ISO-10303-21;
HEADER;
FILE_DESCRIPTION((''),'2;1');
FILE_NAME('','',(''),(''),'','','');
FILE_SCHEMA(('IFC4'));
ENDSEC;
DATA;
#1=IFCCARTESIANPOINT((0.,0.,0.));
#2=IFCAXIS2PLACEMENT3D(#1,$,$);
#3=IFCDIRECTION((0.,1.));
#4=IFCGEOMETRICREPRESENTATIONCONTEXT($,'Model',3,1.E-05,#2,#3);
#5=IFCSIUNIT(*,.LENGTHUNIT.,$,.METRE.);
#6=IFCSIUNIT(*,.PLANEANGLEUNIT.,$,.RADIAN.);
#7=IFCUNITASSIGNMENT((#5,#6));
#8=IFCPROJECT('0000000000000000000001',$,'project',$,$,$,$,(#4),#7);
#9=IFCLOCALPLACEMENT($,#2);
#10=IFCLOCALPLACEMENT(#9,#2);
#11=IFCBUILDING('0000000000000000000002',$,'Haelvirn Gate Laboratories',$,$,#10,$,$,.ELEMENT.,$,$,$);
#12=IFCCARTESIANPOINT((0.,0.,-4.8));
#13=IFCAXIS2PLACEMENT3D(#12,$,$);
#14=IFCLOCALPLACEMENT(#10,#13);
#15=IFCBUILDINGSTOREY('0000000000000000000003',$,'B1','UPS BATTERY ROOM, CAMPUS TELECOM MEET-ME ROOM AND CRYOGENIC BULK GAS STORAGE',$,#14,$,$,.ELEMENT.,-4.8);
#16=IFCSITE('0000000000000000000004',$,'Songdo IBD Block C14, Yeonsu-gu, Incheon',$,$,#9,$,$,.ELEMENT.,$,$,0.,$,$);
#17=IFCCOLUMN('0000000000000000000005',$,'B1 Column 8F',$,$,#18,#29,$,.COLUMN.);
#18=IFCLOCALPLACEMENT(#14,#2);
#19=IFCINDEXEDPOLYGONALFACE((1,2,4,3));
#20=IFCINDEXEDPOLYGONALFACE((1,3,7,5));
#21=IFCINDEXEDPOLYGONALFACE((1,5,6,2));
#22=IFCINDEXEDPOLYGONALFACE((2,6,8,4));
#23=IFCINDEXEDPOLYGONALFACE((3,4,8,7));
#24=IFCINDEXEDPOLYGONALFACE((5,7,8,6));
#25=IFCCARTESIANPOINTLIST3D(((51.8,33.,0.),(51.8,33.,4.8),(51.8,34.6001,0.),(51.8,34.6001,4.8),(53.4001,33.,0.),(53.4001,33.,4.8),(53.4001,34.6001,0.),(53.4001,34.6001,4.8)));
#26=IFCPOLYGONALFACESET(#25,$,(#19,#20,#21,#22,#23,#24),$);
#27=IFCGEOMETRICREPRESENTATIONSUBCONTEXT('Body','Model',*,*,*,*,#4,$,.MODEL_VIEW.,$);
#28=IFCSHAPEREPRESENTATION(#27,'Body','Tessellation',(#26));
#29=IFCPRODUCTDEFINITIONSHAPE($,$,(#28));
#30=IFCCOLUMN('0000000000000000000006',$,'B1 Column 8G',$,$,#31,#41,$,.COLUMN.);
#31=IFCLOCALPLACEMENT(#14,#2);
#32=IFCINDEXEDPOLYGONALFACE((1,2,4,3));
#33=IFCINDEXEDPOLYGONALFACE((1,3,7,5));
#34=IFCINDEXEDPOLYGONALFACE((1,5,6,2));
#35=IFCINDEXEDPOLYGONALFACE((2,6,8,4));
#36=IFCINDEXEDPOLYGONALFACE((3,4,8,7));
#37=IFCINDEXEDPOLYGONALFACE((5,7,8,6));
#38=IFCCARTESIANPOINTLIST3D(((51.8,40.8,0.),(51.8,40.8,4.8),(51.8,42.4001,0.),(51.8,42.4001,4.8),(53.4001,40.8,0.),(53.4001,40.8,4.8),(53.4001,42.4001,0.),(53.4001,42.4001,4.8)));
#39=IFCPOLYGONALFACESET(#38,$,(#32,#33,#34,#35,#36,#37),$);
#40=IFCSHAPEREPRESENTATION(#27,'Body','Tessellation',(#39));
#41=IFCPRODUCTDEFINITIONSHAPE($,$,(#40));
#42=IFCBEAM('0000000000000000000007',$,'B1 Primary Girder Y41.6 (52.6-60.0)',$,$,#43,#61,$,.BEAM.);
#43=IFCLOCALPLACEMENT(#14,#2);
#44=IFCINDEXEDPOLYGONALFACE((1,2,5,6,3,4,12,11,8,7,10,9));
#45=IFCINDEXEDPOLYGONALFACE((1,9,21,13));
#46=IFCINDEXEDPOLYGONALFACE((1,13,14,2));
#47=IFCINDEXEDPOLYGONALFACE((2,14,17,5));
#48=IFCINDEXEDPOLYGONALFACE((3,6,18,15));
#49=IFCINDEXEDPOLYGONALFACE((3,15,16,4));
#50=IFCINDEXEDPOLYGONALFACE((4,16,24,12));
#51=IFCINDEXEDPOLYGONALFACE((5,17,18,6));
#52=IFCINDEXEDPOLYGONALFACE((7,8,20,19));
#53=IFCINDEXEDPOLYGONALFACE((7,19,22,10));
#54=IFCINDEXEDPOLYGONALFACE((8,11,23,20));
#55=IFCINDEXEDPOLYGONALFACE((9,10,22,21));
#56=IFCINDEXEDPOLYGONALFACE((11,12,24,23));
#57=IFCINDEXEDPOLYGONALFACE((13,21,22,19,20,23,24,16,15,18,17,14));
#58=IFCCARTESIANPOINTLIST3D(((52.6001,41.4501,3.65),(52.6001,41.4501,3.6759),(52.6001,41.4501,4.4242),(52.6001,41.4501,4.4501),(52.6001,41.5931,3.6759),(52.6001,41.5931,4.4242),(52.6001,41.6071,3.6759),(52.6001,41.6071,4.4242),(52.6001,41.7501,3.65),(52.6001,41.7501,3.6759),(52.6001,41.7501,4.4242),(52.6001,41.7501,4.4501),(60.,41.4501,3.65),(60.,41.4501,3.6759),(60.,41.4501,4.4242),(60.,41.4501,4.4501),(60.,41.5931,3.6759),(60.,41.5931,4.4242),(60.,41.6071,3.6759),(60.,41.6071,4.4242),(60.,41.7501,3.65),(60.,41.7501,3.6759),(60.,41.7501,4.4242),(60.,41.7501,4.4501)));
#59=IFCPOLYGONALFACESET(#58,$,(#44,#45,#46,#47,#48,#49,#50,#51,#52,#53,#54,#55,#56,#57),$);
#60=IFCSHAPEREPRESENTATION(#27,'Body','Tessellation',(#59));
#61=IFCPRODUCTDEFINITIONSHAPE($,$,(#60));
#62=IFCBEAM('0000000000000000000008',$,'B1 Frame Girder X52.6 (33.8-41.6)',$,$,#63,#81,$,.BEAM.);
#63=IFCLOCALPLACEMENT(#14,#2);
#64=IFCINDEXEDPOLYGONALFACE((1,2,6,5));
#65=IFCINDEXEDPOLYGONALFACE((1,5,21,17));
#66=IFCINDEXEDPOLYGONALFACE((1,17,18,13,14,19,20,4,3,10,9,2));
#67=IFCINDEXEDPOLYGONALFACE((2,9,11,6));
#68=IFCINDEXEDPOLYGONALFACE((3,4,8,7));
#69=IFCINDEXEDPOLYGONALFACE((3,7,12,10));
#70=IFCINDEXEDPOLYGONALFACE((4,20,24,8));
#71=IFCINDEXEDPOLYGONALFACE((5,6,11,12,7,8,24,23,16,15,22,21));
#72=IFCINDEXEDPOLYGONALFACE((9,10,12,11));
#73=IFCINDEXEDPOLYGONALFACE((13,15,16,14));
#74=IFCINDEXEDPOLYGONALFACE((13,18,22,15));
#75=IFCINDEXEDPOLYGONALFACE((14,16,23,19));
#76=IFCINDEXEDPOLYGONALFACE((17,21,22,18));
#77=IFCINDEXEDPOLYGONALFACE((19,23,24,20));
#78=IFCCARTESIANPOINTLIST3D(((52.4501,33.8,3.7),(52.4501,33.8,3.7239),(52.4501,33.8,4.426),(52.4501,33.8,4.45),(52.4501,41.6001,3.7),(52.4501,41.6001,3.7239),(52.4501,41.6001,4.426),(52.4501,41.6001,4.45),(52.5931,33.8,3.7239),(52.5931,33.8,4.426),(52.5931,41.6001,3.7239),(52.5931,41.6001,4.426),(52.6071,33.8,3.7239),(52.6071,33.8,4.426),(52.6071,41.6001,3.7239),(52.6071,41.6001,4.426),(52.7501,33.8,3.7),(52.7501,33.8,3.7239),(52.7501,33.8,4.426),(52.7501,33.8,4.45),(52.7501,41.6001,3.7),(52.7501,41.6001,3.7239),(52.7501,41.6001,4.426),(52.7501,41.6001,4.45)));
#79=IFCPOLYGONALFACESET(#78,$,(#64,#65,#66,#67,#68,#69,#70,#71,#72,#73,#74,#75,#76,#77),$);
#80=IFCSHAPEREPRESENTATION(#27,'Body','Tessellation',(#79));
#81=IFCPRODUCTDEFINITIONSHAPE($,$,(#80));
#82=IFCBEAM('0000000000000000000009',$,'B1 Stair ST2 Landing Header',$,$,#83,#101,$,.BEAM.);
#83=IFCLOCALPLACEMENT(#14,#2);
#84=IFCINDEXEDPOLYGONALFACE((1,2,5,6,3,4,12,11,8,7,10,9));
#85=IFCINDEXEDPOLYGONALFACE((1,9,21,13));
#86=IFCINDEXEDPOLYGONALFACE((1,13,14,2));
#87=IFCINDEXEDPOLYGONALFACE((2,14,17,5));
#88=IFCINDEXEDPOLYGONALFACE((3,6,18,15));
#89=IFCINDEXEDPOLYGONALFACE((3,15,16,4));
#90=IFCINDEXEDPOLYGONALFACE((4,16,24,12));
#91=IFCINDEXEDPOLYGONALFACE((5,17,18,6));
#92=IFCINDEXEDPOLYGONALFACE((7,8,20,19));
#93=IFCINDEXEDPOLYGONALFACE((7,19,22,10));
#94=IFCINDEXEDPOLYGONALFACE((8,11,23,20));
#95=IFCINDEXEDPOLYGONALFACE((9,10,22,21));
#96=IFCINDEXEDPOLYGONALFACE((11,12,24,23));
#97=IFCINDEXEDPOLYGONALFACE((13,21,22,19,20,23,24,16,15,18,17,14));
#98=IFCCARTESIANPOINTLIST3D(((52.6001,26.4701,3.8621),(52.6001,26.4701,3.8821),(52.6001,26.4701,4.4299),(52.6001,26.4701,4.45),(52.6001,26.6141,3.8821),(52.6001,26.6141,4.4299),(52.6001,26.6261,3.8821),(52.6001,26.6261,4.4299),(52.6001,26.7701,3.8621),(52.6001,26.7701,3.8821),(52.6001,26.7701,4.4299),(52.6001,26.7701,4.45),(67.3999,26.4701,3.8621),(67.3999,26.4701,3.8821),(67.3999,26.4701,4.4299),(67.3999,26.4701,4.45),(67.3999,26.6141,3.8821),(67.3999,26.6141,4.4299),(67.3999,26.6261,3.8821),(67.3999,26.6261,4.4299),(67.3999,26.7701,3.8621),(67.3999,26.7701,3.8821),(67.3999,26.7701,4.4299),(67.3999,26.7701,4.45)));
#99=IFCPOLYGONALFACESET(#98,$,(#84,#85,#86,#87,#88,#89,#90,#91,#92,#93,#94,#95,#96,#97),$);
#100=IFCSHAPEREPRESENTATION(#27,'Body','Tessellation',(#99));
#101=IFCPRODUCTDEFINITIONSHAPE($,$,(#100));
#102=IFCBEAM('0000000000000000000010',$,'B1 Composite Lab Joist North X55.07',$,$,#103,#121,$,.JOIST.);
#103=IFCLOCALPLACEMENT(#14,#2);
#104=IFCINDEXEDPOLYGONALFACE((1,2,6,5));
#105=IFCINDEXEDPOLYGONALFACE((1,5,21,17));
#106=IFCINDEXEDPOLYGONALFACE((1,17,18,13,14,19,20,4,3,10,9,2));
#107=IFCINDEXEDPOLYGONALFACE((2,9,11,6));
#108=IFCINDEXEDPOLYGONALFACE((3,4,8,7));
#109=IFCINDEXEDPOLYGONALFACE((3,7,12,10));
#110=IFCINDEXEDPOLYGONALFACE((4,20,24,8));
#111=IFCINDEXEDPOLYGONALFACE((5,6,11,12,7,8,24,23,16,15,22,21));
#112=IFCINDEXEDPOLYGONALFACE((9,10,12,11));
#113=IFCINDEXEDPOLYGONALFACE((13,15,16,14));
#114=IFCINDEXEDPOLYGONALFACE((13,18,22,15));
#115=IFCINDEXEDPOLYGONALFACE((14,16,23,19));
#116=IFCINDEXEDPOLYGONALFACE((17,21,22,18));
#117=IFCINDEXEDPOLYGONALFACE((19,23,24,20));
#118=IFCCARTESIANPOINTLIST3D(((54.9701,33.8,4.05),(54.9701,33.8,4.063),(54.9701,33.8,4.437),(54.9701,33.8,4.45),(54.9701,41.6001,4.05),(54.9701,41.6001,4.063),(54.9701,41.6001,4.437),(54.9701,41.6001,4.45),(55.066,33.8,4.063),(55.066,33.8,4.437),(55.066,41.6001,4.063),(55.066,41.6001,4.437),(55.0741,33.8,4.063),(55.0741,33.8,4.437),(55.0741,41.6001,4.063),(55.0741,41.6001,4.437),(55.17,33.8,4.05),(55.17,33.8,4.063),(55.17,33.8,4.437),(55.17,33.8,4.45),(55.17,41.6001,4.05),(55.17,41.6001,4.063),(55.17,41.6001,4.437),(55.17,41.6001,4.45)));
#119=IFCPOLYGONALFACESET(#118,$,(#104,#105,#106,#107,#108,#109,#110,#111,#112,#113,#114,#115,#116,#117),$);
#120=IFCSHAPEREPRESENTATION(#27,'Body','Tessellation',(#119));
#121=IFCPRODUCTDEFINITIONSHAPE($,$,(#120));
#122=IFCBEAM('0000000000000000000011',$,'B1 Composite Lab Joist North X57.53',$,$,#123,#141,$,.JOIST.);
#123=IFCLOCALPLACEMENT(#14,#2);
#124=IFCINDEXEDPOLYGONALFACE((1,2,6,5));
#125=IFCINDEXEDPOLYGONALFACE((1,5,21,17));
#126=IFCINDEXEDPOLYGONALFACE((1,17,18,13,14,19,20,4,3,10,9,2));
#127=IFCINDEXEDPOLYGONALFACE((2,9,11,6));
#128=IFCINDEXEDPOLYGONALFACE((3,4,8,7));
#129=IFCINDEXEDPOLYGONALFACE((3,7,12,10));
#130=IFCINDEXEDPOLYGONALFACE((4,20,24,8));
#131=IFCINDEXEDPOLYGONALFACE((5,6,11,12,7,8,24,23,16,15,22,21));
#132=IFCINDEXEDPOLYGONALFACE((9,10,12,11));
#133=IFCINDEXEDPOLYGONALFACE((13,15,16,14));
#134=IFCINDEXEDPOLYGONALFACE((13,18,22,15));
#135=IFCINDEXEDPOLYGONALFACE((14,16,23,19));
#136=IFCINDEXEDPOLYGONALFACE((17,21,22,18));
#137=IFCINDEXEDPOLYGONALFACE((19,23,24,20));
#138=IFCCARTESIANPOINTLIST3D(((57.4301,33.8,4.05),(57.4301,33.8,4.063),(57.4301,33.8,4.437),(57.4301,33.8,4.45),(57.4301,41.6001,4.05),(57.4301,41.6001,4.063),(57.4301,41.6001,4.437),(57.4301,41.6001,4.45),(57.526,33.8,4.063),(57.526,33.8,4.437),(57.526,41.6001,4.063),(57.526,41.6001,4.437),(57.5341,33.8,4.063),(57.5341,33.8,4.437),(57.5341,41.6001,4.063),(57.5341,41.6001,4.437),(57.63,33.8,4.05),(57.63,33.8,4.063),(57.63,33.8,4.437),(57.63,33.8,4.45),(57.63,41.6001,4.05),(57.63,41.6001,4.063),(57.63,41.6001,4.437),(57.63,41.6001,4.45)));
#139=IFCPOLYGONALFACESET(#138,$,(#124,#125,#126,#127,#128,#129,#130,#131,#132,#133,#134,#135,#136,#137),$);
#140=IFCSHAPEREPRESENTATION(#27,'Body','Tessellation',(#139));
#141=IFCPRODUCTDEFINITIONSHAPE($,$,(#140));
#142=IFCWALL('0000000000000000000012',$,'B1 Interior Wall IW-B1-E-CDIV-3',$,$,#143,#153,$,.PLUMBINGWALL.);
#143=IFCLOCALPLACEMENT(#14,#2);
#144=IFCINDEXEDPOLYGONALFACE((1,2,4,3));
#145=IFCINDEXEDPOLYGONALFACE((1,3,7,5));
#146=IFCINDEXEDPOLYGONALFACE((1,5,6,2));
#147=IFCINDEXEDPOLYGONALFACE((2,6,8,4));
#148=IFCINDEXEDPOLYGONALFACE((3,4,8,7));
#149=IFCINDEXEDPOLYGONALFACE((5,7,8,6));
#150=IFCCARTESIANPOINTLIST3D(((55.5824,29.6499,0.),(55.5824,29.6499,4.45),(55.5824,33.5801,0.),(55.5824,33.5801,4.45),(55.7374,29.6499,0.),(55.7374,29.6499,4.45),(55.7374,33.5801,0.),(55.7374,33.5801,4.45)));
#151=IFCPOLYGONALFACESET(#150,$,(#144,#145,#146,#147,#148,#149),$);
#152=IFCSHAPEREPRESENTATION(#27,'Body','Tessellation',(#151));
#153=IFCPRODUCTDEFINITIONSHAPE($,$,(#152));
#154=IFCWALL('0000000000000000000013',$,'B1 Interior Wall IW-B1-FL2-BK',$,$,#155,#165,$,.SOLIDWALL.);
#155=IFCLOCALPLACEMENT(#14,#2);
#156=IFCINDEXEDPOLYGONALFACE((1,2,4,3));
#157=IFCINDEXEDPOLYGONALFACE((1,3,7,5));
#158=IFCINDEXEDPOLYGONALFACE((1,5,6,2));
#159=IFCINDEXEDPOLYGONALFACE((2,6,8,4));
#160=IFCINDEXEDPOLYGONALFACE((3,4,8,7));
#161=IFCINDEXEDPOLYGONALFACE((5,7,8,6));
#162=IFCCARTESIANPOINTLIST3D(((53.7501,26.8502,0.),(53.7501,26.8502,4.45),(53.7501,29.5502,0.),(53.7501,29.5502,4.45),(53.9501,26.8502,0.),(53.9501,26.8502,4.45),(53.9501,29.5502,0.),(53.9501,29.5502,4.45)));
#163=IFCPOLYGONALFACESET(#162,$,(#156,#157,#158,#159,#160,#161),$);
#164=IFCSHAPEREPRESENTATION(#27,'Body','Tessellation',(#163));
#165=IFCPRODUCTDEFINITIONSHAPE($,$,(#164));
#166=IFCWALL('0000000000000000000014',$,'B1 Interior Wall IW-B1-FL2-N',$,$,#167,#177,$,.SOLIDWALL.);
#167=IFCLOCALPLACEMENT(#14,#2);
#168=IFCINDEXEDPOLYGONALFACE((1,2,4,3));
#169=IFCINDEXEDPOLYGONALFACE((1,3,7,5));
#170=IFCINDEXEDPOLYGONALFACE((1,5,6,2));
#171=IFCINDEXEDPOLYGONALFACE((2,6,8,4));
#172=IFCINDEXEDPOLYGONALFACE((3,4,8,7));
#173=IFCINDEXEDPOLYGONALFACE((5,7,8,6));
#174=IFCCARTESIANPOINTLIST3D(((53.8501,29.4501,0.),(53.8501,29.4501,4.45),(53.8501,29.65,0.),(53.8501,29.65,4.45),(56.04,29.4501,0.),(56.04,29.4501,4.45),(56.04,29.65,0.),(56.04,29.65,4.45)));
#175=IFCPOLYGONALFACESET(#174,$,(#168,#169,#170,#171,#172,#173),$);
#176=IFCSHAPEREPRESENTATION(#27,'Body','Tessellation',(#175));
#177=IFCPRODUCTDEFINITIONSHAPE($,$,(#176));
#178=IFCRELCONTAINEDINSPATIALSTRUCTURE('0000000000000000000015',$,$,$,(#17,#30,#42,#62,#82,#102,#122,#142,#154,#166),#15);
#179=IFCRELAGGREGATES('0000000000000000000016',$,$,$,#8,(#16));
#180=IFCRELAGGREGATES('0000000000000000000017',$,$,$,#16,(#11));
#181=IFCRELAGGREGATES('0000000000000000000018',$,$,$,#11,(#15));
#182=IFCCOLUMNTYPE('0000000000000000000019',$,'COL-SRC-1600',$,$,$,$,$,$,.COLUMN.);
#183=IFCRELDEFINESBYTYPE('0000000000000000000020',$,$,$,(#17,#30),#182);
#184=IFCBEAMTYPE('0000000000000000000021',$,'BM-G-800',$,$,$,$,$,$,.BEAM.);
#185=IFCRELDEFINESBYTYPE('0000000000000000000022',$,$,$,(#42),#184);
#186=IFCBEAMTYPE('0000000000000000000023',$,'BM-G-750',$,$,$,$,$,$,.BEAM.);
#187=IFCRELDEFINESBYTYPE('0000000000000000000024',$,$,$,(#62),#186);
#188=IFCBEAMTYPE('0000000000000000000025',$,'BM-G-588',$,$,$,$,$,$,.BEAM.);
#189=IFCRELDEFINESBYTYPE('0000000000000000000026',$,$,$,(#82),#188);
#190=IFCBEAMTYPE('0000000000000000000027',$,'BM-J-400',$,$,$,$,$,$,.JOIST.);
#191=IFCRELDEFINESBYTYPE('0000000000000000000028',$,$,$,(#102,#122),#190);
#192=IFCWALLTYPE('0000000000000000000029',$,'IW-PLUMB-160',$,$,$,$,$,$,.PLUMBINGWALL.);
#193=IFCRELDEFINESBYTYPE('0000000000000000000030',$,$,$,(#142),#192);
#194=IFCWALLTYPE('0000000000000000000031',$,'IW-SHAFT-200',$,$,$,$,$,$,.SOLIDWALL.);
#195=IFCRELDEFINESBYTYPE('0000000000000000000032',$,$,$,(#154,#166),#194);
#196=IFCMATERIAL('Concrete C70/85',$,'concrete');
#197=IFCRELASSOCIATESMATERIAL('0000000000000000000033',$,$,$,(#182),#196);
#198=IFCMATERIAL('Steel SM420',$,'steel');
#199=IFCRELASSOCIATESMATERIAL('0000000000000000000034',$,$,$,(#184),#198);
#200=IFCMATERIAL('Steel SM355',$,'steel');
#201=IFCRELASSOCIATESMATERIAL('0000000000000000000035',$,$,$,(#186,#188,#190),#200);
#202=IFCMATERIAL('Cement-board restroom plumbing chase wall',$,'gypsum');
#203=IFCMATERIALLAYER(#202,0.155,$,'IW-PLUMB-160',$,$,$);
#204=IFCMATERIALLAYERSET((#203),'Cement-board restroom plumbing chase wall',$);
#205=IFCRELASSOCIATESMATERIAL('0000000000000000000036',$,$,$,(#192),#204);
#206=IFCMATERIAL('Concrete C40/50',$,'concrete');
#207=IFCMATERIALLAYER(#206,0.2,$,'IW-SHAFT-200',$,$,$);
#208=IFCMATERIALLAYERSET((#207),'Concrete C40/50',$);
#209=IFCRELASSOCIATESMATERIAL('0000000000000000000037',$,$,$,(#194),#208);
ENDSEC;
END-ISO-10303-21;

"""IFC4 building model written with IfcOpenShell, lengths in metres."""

from ifc_helpers import new_model, si_unit, direction, frame, frame_2d, origin, origin_2d, place, context, subcontext, project, spatial, rectangle, i_section, extrude, source, transform, mapped, material, layer, layer_set, material_profile, profile_set, type_object, type_shapes, element, save


model = new_model("IFC4")

# Units and contexts
model_context = context("Model", 3, precision=1e-05, world=origin(), true_north=direction((0.0, 1.0)))
body_context = subcontext(model_context, "Body", "Model", "MODEL_VIEW")
ifc_project = project(units=[si_unit("LENGTHUNIT", "METRE"), si_unit("PLANEANGLEUNIT", "RADIAN")], contexts=[model_context])

# Site, building, storey
site_placement = place(None, origin())
site = spatial("IfcSite", under=ifc_project, at=site_placement, Name="Songdo IBD Block C14, Yeonsu-gu, Incheon", CompositionType="ELEMENT", RefElevation=0.0)
building_placement = place(site_placement, origin())
building = spatial("IfcBuilding", under=site, at=building_placement, Name="Haelvirn Gate Laboratories", CompositionType="ELEMENT")
storey_placement = place(building_placement, frame((0.0, 0.0, -4.8)))
storey = spatial("IfcBuildingStorey", under=building, at=storey_placement, Name="B1", Description="UPS BATTERY ROOM, CAMPUS TELECOM MEET-ME ROOM AND CRYOGENIC BULK GAS STORAGE", CompositionType="ELEMENT", Elevation=-4.8)

# Columns
ifc_material_1 = material(Name="Concrete C70/85", Category="concrete")
ifc_material_profile_1 = material_profile(ifc_material_1, rectangle(XDim=1.6001, YDim=1.6001, at=origin_2d()), Name="SRC-1600x1600")
ifc_profile_set_1 = profile_set([ifc_material_profile_1], Name="Concrete C70/85")
column_type = type_object("IfcColumnType", Name="COL-SRC-1600", PredefinedType="COLUMN", material=ifc_profile_set_1)
shared_shape_1 = source(origin(), body_context, "Body", "SweptSolid", [
    extrude(rectangle(XDim=1.6001, YDim=1.6001, at=origin_2d()), origin(), (0.0, 0.0, 1.0), 4.8),
])
type_shapes(column_type, [shared_shape_1])
for number, where, z_axis, x_axis, name in (
    (1, (52.6001, 33.8, 0.0), (0.0, 0.0, 1.0), (1.0, 0.0, 0.0), "B1 Column 8F"),
    (2, (52.6001, 41.6001, 0.0), (0.0, 0.0, 1.0), (1.0, 0.0, 0.0), "B1 Column 8G"),
):
    element("IfcColumn", number, at=place(storey_placement, frame(where, z_axis=z_axis, x_axis=x_axis)), inside=storey, type_object=column_type, Name=name, PredefinedType="COLUMN", context=body_context, shape_type="MappedRepresentation", body=[
        mapped(shared_shape_1, transform((0.0, 0.0, 0.0), scale=1.0)),
    ])

# Beams
ifc_material_2 = material(Name="Steel SM420", Category="steel")
ifc_material_profile_2 = material_profile(ifc_material_2, i_section(OverallWidth=0.3, OverallDepth=0.8, WebThickness=0.0139, FlangeThickness=0.0259, at=origin_2d()), Name="H-800x300x14x26")
ifc_profile_set_2 = profile_set([ifc_material_profile_2], Name="Steel SM420")
beam_type_1 = type_object("IfcBeamType", Name="BM-G-800", PredefinedType="BEAM", material=ifc_profile_set_2)
shared_shape_2 = source(origin(), body_context, "Body", "SweptSolid", [
    extrude(i_section(OverallWidth=0.3, OverallDepth=0.8, WebThickness=0.0139, FlangeThickness=0.0259, at=origin_2d()), origin(), (0.0, 0.0, 1.0), 7.3999),
])
type_shapes(beam_type_1, [shared_shape_2])
beam_1_placement = place(storey_placement, frame((52.6001, 41.6001, 4.05), z_axis=(1.0, 0.0, 0.0), x_axis=(0.0, 1.0, 0.0)))
element("IfcBeam", 3, at=beam_1_placement, inside=storey, type_object=beam_type_1, Name="B1 Primary Girder Y41.6 (52.6-60.0)", PredefinedType="BEAM", context=body_context, shape_type="MappedRepresentation", body=[
    mapped(shared_shape_2, transform((0.0, 0.0, 0.0), scale=1.0)),
])
ifc_material_3 = material(Name="Steel SM355", Category="steel")
ifc_material_profile_3 = material_profile(ifc_material_3, i_section(OverallWidth=0.3, OverallDepth=0.75, WebThickness=0.0139, FlangeThickness=0.0239, at=origin_2d()), Name="H-750x300x14x24")
ifc_profile_set_3 = profile_set([ifc_material_profile_3], Name="Steel SM355")
beam_type_2 = type_object("IfcBeamType", Name="BM-G-750", PredefinedType="BEAM", material=ifc_profile_set_3)
shared_shape_3 = source(origin(), body_context, "Body", "SweptSolid", [
    extrude(i_section(OverallWidth=0.3, OverallDepth=0.75, WebThickness=0.0139, FlangeThickness=0.0239, at=origin_2d()), origin(), (0.0, 0.0, 1.0), 7.8),
])
type_shapes(beam_type_2, [shared_shape_3])
beam_2_placement = place(storey_placement, frame((52.6001, 33.8, 4.075), z_axis=(0.0, 1.0, 0.0), x_axis=(-1.0, 0.0, 0.0)))
element("IfcBeam", 4, at=beam_2_placement, inside=storey, type_object=beam_type_2, Name="B1 Frame Girder X52.6 (33.8-41.6)", PredefinedType="BEAM", context=body_context, shape_type="MappedRepresentation", body=[
    mapped(shared_shape_3, transform((0.0, 0.0, 0.0), scale=1.0)),
])
ifc_material_profile_4 = material_profile(ifc_material_3, i_section(OverallWidth=0.3, OverallDepth=0.5879, WebThickness=0.012, FlangeThickness=0.02, at=origin_2d()), Name="H-588x300x12x20")
ifc_profile_set_4 = profile_set([ifc_material_profile_4], Name="Steel SM355")
beam_type_3 = type_object("IfcBeamType", Name="BM-G-588", PredefinedType="BEAM", material=ifc_profile_set_4)
shared_shape_4 = source(origin(), body_context, "Body", "SweptSolid", [
    extrude(i_section(OverallWidth=0.3, OverallDepth=0.5879, WebThickness=0.012, FlangeThickness=0.02, at=origin_2d()), origin(), (0.0, 0.0, 1.0), 14.7998),
])
type_shapes(beam_type_3, [shared_shape_4])
beam_3_placement = place(storey_placement, frame((52.6001, 26.6201, 4.156), z_axis=(1.0, 0.0, 0.0), x_axis=(0.0, 1.0, 0.0)))
element("IfcBeam", 5, at=beam_3_placement, inside=storey, type_object=beam_type_3, Name="B1 Stair ST2 Landing Header", PredefinedType="BEAM", context=body_context, shape_type="MappedRepresentation", body=[
    mapped(shared_shape_4, transform((0.0, 0.0, 0.0), scale=1.0)),
])
ifc_material_profile_5 = material_profile(ifc_material_3, i_section(OverallWidth=0.2, OverallDepth=0.3999, WebThickness=0.0081, FlangeThickness=0.0129, at=origin_2d()), Name="H-400x200x8x13")
ifc_profile_set_5 = profile_set([ifc_material_profile_5], Name="Steel SM355")
beam_type_4 = type_object("IfcBeamType", Name="BM-J-400", PredefinedType="JOIST", material=ifc_profile_set_5)
shared_shape_5 = source(origin(), body_context, "Body", "SweptSolid", [
    extrude(i_section(OverallWidth=0.2, OverallDepth=0.3999, WebThickness=0.0081, FlangeThickness=0.0129, at=origin_2d()), origin(), (0.0, 0.0, 1.0), 7.8),
])
type_shapes(beam_type_4, [shared_shape_5])
for number, where, z_axis, x_axis, name in (
    (6, (55.0701, 33.8, 4.25), (0.0, 1.0, 0.0), (-1.0, 0.0, 0.0), "B1 Composite Lab Joist North X55.07"),
    (7, (57.53, 33.8, 4.25), (0.0, 1.0, 0.0), (-1.0, 0.0, 0.0), "B1 Composite Lab Joist North X57.53"),
):
    element("IfcBeam", number, at=place(storey_placement, frame(where, z_axis=z_axis, x_axis=x_axis)), inside=storey, type_object=beam_type_4, Name=name, PredefinedType="JOIST", context=body_context, shape_type="MappedRepresentation", body=[
        mapped(shared_shape_5, transform((0.0, 0.0, 0.0), scale=1.0)),
    ])

# Walls
ifc_material_4 = material(Name="Cement-board restroom plumbing chase wall", Category="gypsum")
ifc_layer_1 = layer(ifc_material_4, 0.155, Name="IW-PLUMB-160")
ifc_layer_set_1 = layer_set([ifc_layer_1], Name="Cement-board restroom plumbing chase wall")
wall_type_1 = type_object("IfcWallType", Name="IW-PLUMB-160", PredefinedType="PLUMBINGWALL", material=ifc_layer_set_1)
wall_1_placement = place(storey_placement, frame((55.6599, 29.6499, 0.0), z_axis=(0.0, 0.0, 1.0), x_axis=(0.0, 1.0, 0.0)))
element("IfcWall", 8, at=wall_1_placement, inside=storey, type_object=wall_type_1, Name="B1 Interior Wall IW-B1-E-CDIV-3", PredefinedType="PLUMBINGWALL", context=body_context, shape_type="SweptSolid", body=[
    extrude(rectangle(XDim=3.9302, YDim=0.155, at=frame_2d((1.9651, 0.0))), origin(), (0.0, 0.0, 1.0), 4.45),
])
ifc_material_5 = material(Name="Concrete C40/50", Category="concrete")
ifc_layer_2 = layer(ifc_material_5, 0.2, Name="IW-SHAFT-200")
ifc_layer_set_2 = layer_set([ifc_layer_2], Name="Concrete C40/50")
wall_type_2 = type_object("IfcWallType", Name="IW-SHAFT-200", PredefinedType="SOLIDWALL", material=ifc_layer_set_2)
wall_2_placement = place(storey_placement, frame((53.8501, 26.8501, 0.0), z_axis=(0.0, 0.0, 1.0), x_axis=(0.0, 1.0, 0.0)))
element("IfcWall", 9, at=wall_2_placement, inside=storey, type_object=wall_type_2, Name="B1 Interior Wall IW-B1-FL2-BK", PredefinedType="SOLIDWALL", context=body_context, shape_type="SweptSolid", body=[
    extrude(rectangle(XDim=2.7, YDim=0.2, at=frame_2d((1.3501, 0.0))), origin(), (0.0, 0.0, 1.0), 4.45),
])
wall_3_placement = place(storey_placement, frame((53.8501, 29.55, 0.0), z_axis=(0.0, 0.0, 1.0), x_axis=(1.0, 0.0, 0.0)))
element("IfcWall", 10, at=wall_3_placement, inside=storey, type_object=wall_type_2, Name="B1 Interior Wall IW-B1-FL2-N", PredefinedType="SOLIDWALL", context=body_context, shape_type="SweptSolid", body=[
    extrude(rectangle(XDim=2.1899, YDim=0.2, at=frame_2d((1.095, 0.0))), origin(), (0.0, 0.0, 1.0), 4.45),
])

save(model, "model.ifc")
